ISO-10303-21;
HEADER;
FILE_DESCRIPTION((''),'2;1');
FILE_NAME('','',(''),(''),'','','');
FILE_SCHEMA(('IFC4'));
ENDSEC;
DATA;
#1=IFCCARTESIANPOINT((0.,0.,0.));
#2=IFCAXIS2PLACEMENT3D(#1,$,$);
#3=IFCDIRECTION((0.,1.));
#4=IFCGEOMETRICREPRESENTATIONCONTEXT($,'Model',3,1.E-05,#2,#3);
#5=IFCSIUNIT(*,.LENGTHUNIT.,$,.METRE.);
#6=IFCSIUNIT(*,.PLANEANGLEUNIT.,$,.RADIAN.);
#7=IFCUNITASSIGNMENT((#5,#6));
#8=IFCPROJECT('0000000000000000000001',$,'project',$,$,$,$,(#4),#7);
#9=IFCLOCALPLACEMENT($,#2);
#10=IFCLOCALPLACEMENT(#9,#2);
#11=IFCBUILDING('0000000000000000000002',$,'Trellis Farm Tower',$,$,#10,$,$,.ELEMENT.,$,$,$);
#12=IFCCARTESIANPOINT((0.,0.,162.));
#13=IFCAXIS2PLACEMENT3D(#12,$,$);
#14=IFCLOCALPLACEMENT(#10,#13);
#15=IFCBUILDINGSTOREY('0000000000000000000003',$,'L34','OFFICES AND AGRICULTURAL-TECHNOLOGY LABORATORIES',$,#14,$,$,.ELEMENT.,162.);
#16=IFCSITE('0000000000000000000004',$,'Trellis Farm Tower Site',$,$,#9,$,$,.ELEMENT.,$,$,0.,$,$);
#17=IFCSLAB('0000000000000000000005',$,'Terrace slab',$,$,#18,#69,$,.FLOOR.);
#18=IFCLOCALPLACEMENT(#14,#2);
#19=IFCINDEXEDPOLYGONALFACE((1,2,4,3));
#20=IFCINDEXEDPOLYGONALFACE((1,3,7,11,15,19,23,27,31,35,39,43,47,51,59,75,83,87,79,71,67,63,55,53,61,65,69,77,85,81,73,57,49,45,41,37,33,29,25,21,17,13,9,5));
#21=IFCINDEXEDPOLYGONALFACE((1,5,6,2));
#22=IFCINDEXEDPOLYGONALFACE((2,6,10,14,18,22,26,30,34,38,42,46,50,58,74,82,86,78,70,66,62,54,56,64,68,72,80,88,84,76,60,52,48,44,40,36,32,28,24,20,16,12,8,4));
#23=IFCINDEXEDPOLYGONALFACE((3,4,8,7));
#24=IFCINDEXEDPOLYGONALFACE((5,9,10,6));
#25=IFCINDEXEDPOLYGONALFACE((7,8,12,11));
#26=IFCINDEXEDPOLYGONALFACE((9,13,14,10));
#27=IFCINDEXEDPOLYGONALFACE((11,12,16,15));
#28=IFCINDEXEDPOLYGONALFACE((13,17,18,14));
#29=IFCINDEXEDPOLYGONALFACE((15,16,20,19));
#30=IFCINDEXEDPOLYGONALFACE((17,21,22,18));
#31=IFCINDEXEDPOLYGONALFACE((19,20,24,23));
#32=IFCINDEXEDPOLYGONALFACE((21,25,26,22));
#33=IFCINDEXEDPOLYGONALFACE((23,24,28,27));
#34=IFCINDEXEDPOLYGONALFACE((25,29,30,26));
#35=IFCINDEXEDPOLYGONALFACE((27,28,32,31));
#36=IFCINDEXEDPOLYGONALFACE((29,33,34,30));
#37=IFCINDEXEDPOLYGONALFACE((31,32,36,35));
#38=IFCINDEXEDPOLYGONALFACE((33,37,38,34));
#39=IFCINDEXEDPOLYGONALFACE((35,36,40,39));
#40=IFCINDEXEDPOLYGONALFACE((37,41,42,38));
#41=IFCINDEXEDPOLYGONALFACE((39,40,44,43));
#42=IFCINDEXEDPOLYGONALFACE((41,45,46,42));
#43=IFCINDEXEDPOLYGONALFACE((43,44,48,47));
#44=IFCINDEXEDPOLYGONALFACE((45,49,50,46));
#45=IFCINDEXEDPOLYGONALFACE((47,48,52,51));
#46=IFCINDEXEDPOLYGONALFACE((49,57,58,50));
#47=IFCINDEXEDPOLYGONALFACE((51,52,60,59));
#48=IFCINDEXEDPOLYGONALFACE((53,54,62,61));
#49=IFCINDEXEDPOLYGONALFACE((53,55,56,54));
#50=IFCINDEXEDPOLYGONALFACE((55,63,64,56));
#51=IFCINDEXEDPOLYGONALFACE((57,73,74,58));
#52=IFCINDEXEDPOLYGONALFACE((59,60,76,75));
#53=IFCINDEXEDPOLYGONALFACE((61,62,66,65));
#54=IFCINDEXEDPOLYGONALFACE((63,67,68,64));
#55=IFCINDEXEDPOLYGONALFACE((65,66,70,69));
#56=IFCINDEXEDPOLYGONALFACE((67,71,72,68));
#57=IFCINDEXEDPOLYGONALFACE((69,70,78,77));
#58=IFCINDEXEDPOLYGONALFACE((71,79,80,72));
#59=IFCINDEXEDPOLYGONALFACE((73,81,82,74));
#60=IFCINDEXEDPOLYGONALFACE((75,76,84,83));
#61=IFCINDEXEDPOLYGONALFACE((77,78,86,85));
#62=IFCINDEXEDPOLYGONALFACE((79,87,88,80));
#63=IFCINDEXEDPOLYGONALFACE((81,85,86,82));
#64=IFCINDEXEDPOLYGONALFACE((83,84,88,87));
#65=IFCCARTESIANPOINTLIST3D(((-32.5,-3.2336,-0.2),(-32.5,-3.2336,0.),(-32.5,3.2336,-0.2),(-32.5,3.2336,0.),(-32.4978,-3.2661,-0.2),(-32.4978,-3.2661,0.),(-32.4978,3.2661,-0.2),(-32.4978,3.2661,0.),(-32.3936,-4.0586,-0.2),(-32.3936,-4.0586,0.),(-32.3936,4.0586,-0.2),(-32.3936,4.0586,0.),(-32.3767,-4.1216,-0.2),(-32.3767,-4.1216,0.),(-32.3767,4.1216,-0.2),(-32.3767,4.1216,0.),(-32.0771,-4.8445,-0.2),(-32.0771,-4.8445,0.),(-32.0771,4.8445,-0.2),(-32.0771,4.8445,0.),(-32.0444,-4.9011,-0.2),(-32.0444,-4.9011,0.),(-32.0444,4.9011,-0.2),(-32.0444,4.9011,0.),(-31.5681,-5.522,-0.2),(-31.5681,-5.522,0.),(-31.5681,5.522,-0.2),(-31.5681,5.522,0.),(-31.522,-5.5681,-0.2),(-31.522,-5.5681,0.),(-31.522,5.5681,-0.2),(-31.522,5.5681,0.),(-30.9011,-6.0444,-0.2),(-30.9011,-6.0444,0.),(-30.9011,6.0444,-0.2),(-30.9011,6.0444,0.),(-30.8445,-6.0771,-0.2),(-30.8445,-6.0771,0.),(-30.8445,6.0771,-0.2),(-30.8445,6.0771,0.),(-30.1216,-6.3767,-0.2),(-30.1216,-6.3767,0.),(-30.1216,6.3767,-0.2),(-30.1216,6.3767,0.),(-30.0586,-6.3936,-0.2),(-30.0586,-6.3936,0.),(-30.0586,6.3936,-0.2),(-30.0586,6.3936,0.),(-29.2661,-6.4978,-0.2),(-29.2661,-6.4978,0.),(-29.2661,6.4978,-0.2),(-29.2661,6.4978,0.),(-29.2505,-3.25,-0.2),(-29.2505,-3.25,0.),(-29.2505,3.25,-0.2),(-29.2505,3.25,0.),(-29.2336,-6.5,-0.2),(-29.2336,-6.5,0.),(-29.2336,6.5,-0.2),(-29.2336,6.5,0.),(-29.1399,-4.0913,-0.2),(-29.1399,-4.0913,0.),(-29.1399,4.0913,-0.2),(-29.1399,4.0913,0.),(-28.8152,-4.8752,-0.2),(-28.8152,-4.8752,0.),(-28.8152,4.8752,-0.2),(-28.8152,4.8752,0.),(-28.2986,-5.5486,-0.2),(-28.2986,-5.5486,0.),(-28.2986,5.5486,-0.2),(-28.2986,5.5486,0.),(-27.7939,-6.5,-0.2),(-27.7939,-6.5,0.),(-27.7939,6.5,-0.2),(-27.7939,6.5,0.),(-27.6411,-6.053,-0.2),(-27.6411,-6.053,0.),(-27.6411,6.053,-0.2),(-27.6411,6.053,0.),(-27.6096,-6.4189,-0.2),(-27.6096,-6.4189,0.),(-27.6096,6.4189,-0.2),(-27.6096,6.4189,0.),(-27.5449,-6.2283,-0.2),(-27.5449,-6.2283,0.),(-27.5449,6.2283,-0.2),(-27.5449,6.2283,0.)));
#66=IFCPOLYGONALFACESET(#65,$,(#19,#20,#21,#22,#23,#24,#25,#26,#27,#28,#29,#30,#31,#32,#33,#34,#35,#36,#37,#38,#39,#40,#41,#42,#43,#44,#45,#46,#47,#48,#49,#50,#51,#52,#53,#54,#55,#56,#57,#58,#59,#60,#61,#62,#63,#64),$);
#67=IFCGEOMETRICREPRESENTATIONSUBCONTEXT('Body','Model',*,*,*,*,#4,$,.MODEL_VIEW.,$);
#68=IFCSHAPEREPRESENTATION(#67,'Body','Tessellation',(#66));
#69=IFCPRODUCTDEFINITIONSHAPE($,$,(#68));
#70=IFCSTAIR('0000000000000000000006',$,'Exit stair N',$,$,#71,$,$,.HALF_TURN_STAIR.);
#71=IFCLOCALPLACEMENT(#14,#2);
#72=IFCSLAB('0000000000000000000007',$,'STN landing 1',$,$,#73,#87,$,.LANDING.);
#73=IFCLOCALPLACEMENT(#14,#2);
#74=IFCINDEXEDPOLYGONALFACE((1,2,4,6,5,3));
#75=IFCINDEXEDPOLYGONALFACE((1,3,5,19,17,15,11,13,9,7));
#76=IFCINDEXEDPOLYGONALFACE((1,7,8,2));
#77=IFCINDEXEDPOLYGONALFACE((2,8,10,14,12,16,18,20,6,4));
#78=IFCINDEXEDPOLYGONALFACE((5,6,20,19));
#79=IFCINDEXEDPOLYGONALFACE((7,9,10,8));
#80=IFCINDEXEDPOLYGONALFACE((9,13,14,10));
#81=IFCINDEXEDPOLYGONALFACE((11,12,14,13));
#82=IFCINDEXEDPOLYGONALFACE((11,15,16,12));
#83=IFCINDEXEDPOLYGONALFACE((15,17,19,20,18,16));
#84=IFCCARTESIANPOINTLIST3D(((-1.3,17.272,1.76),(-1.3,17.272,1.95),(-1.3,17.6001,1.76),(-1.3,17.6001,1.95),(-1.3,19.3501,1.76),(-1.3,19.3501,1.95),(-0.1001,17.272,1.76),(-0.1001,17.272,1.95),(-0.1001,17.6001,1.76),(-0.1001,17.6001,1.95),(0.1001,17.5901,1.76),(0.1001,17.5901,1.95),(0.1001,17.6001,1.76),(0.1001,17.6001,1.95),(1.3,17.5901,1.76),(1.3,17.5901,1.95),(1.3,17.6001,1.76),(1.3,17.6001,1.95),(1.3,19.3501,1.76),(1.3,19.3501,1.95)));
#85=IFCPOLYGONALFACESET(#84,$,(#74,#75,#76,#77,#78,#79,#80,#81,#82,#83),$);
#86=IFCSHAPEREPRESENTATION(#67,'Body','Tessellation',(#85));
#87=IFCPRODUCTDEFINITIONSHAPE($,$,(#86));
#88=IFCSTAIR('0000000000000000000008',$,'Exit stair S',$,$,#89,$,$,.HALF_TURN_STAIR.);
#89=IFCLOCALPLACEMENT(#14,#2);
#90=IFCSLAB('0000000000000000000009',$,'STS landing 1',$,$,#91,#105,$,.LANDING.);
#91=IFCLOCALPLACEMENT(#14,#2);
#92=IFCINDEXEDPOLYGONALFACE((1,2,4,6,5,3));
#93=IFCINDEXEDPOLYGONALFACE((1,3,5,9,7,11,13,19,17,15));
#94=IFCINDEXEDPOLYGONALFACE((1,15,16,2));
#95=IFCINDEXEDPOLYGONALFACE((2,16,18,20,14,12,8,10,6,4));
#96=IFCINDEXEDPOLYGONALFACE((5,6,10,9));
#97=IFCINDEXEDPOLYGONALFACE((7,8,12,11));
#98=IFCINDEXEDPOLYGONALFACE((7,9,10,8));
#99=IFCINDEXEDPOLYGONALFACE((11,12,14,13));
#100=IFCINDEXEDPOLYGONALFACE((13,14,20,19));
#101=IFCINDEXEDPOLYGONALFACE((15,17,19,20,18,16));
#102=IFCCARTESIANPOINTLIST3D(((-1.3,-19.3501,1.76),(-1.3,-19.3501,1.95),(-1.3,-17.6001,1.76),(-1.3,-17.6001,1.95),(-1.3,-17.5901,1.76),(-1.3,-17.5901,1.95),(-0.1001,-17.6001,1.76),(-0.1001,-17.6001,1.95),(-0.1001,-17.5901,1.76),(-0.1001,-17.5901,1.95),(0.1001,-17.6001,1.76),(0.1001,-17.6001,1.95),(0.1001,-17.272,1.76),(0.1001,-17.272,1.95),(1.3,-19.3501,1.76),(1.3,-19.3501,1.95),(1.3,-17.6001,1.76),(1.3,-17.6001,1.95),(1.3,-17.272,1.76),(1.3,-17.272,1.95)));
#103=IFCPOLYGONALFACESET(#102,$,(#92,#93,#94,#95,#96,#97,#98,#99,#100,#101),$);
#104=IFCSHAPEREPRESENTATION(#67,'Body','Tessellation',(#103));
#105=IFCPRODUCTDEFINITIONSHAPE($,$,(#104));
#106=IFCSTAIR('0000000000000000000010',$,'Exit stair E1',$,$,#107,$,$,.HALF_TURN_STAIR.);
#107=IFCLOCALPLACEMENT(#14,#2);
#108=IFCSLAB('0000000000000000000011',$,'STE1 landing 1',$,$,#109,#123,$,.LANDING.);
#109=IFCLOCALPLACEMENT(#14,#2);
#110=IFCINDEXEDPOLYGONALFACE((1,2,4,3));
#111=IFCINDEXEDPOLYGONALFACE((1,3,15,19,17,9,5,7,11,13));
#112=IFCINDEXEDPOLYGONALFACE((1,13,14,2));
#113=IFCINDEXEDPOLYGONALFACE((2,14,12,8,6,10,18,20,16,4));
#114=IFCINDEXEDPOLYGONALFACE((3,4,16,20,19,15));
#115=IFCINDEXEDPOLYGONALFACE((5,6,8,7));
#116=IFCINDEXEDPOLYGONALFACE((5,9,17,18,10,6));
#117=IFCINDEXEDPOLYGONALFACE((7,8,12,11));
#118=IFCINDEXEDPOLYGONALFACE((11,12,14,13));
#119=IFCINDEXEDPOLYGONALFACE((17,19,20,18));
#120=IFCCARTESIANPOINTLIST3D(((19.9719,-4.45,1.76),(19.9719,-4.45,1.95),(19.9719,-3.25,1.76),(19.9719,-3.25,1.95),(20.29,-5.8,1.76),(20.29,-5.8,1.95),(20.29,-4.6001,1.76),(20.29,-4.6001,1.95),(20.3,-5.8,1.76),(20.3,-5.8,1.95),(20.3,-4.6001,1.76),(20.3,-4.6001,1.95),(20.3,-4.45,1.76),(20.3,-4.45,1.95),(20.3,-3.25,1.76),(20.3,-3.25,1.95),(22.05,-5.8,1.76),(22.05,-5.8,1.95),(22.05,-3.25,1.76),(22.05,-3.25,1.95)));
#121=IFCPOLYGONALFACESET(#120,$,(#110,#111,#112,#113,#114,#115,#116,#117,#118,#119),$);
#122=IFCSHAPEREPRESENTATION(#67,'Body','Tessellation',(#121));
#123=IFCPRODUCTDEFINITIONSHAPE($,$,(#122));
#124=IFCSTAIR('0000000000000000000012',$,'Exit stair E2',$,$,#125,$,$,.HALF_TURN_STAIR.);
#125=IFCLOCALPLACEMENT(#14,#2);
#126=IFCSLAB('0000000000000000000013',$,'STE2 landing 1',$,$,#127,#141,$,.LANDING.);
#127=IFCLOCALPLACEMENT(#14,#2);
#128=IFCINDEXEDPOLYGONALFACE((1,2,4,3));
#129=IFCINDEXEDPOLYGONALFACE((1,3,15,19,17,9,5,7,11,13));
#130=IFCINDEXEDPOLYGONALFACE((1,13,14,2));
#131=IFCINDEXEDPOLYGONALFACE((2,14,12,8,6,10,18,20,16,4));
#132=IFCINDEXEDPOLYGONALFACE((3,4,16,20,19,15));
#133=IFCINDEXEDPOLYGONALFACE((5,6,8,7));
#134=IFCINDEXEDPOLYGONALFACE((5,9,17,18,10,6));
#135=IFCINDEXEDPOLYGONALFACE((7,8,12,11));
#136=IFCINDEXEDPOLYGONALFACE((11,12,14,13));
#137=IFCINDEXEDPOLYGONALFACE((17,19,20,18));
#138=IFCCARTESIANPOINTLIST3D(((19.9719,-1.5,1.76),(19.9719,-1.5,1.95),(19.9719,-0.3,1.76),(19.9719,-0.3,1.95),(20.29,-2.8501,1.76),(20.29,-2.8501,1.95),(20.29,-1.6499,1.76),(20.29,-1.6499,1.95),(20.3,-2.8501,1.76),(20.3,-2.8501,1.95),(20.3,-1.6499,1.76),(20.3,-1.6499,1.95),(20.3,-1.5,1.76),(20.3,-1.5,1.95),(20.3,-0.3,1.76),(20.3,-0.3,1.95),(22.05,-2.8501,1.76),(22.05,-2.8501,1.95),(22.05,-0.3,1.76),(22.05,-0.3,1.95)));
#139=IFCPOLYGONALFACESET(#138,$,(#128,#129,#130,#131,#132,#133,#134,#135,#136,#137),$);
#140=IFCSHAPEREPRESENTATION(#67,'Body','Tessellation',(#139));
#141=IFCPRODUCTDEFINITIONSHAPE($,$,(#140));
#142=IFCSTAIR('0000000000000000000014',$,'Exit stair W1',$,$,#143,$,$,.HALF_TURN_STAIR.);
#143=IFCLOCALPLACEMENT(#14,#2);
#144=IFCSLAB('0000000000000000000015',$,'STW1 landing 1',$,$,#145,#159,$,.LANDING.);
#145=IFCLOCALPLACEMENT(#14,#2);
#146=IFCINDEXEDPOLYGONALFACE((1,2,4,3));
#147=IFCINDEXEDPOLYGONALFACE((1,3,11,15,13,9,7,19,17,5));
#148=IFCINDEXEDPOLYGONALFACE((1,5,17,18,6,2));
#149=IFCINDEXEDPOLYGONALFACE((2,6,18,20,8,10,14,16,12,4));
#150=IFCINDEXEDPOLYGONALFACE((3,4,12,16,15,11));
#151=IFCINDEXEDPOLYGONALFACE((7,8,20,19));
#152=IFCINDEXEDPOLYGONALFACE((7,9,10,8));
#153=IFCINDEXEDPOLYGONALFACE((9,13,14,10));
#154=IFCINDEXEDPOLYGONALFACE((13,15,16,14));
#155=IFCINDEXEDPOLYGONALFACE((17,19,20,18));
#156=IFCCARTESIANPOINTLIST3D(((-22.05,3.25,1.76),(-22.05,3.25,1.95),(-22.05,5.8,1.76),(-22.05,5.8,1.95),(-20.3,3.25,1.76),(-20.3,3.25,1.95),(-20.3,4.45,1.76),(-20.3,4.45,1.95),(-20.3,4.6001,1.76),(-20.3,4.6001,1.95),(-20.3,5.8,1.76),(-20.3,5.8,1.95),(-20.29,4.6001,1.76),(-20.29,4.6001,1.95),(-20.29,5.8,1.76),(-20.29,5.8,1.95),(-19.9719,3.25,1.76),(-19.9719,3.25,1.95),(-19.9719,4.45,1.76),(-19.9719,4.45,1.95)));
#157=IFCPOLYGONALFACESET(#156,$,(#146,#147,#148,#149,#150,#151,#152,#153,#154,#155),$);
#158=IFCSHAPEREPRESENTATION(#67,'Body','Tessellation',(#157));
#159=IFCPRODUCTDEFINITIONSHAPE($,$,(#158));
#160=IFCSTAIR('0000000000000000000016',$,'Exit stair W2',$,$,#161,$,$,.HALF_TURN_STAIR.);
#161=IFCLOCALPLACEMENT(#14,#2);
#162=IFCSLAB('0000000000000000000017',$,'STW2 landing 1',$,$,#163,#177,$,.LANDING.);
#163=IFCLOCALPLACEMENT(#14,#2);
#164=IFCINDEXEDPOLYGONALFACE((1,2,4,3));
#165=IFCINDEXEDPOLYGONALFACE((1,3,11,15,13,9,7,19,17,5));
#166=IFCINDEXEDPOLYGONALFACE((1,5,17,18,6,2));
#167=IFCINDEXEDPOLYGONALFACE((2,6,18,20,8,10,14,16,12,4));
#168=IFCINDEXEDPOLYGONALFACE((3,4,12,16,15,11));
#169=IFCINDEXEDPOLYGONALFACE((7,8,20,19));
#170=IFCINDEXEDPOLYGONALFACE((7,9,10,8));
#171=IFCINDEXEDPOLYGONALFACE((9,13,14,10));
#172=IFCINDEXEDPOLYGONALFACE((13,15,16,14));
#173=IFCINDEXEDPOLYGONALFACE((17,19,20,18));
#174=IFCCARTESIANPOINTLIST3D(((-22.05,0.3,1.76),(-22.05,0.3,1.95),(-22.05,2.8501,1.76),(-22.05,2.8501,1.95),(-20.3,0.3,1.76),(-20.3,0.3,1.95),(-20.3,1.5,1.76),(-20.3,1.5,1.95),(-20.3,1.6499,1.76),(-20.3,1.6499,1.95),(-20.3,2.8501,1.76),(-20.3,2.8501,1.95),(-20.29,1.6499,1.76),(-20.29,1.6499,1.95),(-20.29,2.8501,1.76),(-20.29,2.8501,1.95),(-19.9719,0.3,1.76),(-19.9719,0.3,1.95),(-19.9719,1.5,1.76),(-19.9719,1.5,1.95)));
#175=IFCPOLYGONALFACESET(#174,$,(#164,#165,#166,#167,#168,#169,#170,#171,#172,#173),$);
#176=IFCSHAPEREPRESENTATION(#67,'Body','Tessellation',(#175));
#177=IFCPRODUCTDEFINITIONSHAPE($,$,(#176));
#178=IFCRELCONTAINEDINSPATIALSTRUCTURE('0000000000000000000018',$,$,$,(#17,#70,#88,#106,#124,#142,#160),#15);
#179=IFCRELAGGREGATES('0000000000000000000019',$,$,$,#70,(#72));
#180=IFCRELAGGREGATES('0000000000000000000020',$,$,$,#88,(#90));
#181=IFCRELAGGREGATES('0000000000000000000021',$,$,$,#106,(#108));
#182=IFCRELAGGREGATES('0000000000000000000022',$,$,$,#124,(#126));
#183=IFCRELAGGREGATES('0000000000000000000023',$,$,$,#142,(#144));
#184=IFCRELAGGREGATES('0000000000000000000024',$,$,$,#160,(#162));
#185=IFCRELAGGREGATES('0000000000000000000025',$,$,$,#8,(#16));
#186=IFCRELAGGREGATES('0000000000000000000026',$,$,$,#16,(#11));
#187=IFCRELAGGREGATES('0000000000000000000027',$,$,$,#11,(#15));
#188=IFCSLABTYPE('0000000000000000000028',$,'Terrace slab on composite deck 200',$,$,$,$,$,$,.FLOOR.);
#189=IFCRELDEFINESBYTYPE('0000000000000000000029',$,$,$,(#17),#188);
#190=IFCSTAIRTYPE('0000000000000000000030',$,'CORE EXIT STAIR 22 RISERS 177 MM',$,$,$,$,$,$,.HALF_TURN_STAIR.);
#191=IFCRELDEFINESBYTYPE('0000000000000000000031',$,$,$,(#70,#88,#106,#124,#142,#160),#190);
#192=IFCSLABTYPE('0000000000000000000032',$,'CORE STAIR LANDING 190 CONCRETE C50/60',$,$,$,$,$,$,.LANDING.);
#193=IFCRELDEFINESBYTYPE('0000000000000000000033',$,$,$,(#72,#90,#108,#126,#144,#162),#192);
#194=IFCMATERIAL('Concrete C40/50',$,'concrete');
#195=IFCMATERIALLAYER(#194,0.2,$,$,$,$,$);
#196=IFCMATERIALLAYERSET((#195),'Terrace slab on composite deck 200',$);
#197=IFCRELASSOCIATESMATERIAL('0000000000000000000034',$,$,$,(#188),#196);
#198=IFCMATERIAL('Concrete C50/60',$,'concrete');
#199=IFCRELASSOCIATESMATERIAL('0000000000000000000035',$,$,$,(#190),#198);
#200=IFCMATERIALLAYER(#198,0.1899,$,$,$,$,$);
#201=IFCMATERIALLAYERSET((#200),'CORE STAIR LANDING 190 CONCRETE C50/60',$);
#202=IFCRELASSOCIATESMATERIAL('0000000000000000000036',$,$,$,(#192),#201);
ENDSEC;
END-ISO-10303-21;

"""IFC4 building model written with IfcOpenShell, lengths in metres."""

from ifc_helpers import new_model, si_unit, direction, frame, origin, place, context, subcontext, project, spatial, polyline, outline, extrude, source, transform, mapped, material, layer, layer_set, type_object, element, aggregate, save


model = new_model("IFC4")

# Units and contexts
model_context = context("Model", 3, precision=1e-05, world=origin(), true_north=direction((0.0, 1.0)))
body_context = subcontext(model_context, "Body", "Model", "MODEL_VIEW")
ifc_project = project(units=[si_unit("LENGTHUNIT", "METRE"), si_unit("PLANEANGLEUNIT", "RADIAN")], contexts=[model_context])

# Site, building, storey
site_placement = place(None, origin())
site = spatial("IfcSite", under=ifc_project, at=site_placement, Name="Trellis Farm Tower Site", CompositionType="ELEMENT", RefElevation=0.0)
building_placement = place(site_placement, origin())
building = spatial("IfcBuilding", under=site, at=building_placement, Name="Trellis Farm Tower", CompositionType="ELEMENT")
storey_placement = place(building_placement, frame((0.0, 0.0, 162.0)))
storey = spatial("IfcBuildingStorey", under=building, at=storey_placement, Name="L34", Description="OFFICES AND AGRICULTURAL-TECHNOLOGY LABORATORIES", CompositionType="ELEMENT", Elevation=162.0)

# Slab
ifc_material_1 = material(Name="Concrete C40/50", Category="concrete")
ifc_layer_1 = layer(ifc_material_1, 0.2)
ifc_layer_set_1 = layer_set([ifc_layer_1], Name="Terrace slab on composite deck 200")
slab_type_1 = type_object("IfcSlabType", Name="Terrace slab on composite deck 200", PredefinedType="FLOOR", material=ifc_layer_set_1)
placement_1 = place(storey_placement, frame((0.0, 0.0, -0.2)))
element("IfcSlab", 1, at=placement_1, inside=storey, type_object=slab_type_1, Name="Terrace slab", PredefinedType="FLOOR", context=body_context, shape_type="SweptSolid", body=[
    extrude(outline(polyline([(-30.0586, -6.3936), (-30.1216, -6.3767), (-30.8445, -6.0771), (-30.9011, -6.0444), (-31.522, -5.5681), (-31.5681, -5.522), (-32.0444, -4.9011), (-32.0771, -4.8445), (-32.3767, -4.1216), (-32.3936, -4.0586), (-32.4978, -3.2661), (-32.5, -3.2336), (-32.5, 3.2336), (-32.4978, 3.2661), (-32.3936, 4.0586), (-32.3767, 4.1216), (-32.0771, 4.8445), (-32.0444, 4.9011), (-31.5681, 5.522), (-31.522, 5.5681), (-30.9011, 6.0444), (-30.8445, 6.0771), (-30.1216, 6.3767), (-30.0586, 6.3936), (-29.2661, 6.4978), (-29.2336, 6.5), (-27.7939, 6.5), (-27.6096, 6.4189), (-27.5449, 6.2283), (-27.6411, 6.053), (-28.2986, 5.5486), (-28.8152, 4.8752), (-29.1399, 4.0913), (-29.2505, 3.25), (-29.2505, -3.25), (-29.1399, -4.0913), (-28.8152, -4.8752), (-28.2986, -5.5486), (-27.6411, -6.053), (-27.5449, -6.2283), (-27.6096, -6.4189), (-27.7939, -6.5), (-29.2336, -6.5), (-29.2661, -6.4978), (-30.0586, -6.3936)])), origin(), (0.0, 0.0, 1.0), 0.2),
])

# Stairs, slabs
ifc_material_2 = material(Name="Concrete C50/60", Category="concrete")
stair_type = type_object("IfcStairType", Name="CORE EXIT STAIR 22 RISERS 177 MM", PredefinedType="HALF_TURN_STAIR", material=ifc_material_2)
placement_2 = place(storey_placement, origin())
stair_1 = element("IfcStair", 2, at=placement_2, inside=storey, type_object=stair_type, Name="Exit stair N", PredefinedType="HALF_TURN_STAIR")
ifc_layer_2 = layer(ifc_material_2, 0.1899)
ifc_layer_set_2 = layer_set([ifc_layer_2], Name="CORE STAIR LANDING 190 CONCRETE C50/60")
slab_type_2 = type_object("IfcSlabType", Name="CORE STAIR LANDING 190 CONCRETE C50/60", PredefinedType="LANDING", material=ifc_layer_set_2)
shared_shape_1 = source(origin(), body_context, "Body", "SweptSolid", [
    extrude(outline(polyline([(-0.1001, 17.272), (-1.3, 17.272), (-1.3, 17.6001), (-1.3, 19.3501), (1.3, 19.3501), (1.3, 17.6001), (1.3, 17.5901), (0.1001, 17.5901), (0.1001, 17.6001), (-0.1001, 17.6001), (-0.1001, 17.272)])), origin(), (0.0, 0.0, 1.0), 0.1899),
])
placement_3 = place(storey_placement, frame((0.0, 0.0, 1.76)))
slab_1 = element("IfcSlab", 3, at=placement_3, type_object=slab_type_2, Name="STN landing 1", PredefinedType="LANDING", context=body_context, shape_type="MappedRepresentation", body=[
    mapped(shared_shape_1, transform((0.0, 0.0, 0.0))),
])
aggregate(stair_1, [slab_1])
stair_2 = element("IfcStair", 4, at=placement_2, inside=storey, type_object=stair_type, Name="Exit stair S", PredefinedType="HALF_TURN_STAIR")
shared_shape_2 = source(origin(), body_context, "Body", "SweptSolid", [
    extrude(outline(polyline([(1.3, -19.3501), (-1.3, -19.3501), (-1.3, -17.6001), (-1.3, -17.5901), (-0.1001, -17.5901), (-0.1001, -17.6001), (0.1001, -17.6001), (0.1001, -17.272), (1.3, -17.272), (1.3, -17.6001), (1.3, -19.3501)])), origin(), (0.0, 0.0, 1.0), 0.1899),
])
slab_2 = element("IfcSlab", 5, at=placement_3, type_object=slab_type_2, Name="STS landing 1", PredefinedType="LANDING", context=body_context, shape_type="MappedRepresentation", body=[
    mapped(shared_shape_2, transform((0.0, 0.0, 0.0))),
])
aggregate(stair_2, [slab_2])
stair_3 = element("IfcStair", 6, at=placement_2, inside=storey, type_object=stair_type, Name="Exit stair E1", PredefinedType="HALF_TURN_STAIR")
shared_shape_3 = source(origin(), body_context, "Body", "SweptSolid", [
    extrude(outline(polyline([(20.29, -5.8), (20.29, -4.6001), (20.3, -4.6001), (20.3, -4.45), (19.9719, -4.45), (19.9719, -3.25), (20.3, -3.25), (22.05, -3.25), (22.05, -5.8), (20.3, -5.8), (20.29, -5.8)])), origin(), (0.0, 0.0, 1.0), 0.1899),
])
slab_3 = element("IfcSlab", 7, at=placement_3, type_object=slab_type_2, Name="STE1 landing 1", PredefinedType="LANDING", context=body_context, shape_type="MappedRepresentation", body=[
    mapped(shared_shape_3, transform((0.0, 0.0, 0.0))),
])
aggregate(stair_3, [slab_3])
stair_4 = element("IfcStair", 8, at=placement_2, inside=storey, type_object=stair_type, Name="Exit stair E2", PredefinedType="HALF_TURN_STAIR")
shared_shape_4 = source(origin(), body_context, "Body", "SweptSolid", [
    extrude(outline(polyline([(20.29, -2.8501), (20.29, -1.6499), (20.3, -1.6499), (20.3, -1.5), (19.9719, -1.5), (19.9719, -0.3), (20.3, -0.3), (22.05, -0.3), (22.05, -2.8501), (20.3, -2.8501), (20.29, -2.8501)])), origin(), (0.0, 0.0, 1.0), 0.1899),
])
slab_4 = element("IfcSlab", 9, at=placement_3, type_object=slab_type_2, Name="STE2 landing 1", PredefinedType="LANDING", context=body_context, shape_type="MappedRepresentation", body=[
    mapped(shared_shape_4, transform((0.0, 0.0, 0.0))),
])
aggregate(stair_4, [slab_4])
stair_5 = element("IfcStair", 10, at=placement_2, inside=storey, type_object=stair_type, Name="Exit stair W1", PredefinedType="HALF_TURN_STAIR")
shared_shape_5 = source(origin(), body_context, "Body", "SweptSolid", [
    extrude(outline(polyline([(-19.9719, 4.45), (-19.9719, 3.25), (-20.3, 3.25), (-22.05, 3.25), (-22.05, 5.8), (-20.3, 5.8), (-20.29, 5.8), (-20.29, 4.6001), (-20.3, 4.6001), (-20.3, 4.45), (-19.9719, 4.45)])), origin(), (0.0, 0.0, 1.0), 0.1899),
])
slab_5 = element("IfcSlab", 11, at=placement_3, type_object=slab_type_2, Name="STW1 landing 1", PredefinedType="LANDING", context=body_context, shape_type="MappedRepresentation", body=[
    mapped(shared_shape_5, transform((0.0, 0.0, 0.0))),
])
aggregate(stair_5, [slab_5])
stair_6 = element("IfcStair", 12, at=placement_2, inside=storey, type_object=stair_type, Name="Exit stair W2", PredefinedType="HALF_TURN_STAIR")
shared_shape_6 = source(origin(), body_context, "Body", "SweptSolid", [
    extrude(outline(polyline([(-19.9719, 1.5), (-19.9719, 0.3), (-20.3, 0.3), (-22.05, 0.3), (-22.05, 2.8501), (-20.3, 2.8501), (-20.29, 2.8501), (-20.29, 1.6499), (-20.3, 1.6499), (-20.3, 1.5), (-19.9719, 1.5)])), origin(), (0.0, 0.0, 1.0), 0.1899),
])
slab_6 = element("IfcSlab", 13, at=placement_3, type_object=slab_type_2, Name="STW2 landing 1", PredefinedType="LANDING", context=body_context, shape_type="MappedRepresentation", body=[
    mapped(shared_shape_6, transform((0.0, 0.0, 0.0))),
])
aggregate(stair_6, [slab_6])

save(model, "model.ifc")
